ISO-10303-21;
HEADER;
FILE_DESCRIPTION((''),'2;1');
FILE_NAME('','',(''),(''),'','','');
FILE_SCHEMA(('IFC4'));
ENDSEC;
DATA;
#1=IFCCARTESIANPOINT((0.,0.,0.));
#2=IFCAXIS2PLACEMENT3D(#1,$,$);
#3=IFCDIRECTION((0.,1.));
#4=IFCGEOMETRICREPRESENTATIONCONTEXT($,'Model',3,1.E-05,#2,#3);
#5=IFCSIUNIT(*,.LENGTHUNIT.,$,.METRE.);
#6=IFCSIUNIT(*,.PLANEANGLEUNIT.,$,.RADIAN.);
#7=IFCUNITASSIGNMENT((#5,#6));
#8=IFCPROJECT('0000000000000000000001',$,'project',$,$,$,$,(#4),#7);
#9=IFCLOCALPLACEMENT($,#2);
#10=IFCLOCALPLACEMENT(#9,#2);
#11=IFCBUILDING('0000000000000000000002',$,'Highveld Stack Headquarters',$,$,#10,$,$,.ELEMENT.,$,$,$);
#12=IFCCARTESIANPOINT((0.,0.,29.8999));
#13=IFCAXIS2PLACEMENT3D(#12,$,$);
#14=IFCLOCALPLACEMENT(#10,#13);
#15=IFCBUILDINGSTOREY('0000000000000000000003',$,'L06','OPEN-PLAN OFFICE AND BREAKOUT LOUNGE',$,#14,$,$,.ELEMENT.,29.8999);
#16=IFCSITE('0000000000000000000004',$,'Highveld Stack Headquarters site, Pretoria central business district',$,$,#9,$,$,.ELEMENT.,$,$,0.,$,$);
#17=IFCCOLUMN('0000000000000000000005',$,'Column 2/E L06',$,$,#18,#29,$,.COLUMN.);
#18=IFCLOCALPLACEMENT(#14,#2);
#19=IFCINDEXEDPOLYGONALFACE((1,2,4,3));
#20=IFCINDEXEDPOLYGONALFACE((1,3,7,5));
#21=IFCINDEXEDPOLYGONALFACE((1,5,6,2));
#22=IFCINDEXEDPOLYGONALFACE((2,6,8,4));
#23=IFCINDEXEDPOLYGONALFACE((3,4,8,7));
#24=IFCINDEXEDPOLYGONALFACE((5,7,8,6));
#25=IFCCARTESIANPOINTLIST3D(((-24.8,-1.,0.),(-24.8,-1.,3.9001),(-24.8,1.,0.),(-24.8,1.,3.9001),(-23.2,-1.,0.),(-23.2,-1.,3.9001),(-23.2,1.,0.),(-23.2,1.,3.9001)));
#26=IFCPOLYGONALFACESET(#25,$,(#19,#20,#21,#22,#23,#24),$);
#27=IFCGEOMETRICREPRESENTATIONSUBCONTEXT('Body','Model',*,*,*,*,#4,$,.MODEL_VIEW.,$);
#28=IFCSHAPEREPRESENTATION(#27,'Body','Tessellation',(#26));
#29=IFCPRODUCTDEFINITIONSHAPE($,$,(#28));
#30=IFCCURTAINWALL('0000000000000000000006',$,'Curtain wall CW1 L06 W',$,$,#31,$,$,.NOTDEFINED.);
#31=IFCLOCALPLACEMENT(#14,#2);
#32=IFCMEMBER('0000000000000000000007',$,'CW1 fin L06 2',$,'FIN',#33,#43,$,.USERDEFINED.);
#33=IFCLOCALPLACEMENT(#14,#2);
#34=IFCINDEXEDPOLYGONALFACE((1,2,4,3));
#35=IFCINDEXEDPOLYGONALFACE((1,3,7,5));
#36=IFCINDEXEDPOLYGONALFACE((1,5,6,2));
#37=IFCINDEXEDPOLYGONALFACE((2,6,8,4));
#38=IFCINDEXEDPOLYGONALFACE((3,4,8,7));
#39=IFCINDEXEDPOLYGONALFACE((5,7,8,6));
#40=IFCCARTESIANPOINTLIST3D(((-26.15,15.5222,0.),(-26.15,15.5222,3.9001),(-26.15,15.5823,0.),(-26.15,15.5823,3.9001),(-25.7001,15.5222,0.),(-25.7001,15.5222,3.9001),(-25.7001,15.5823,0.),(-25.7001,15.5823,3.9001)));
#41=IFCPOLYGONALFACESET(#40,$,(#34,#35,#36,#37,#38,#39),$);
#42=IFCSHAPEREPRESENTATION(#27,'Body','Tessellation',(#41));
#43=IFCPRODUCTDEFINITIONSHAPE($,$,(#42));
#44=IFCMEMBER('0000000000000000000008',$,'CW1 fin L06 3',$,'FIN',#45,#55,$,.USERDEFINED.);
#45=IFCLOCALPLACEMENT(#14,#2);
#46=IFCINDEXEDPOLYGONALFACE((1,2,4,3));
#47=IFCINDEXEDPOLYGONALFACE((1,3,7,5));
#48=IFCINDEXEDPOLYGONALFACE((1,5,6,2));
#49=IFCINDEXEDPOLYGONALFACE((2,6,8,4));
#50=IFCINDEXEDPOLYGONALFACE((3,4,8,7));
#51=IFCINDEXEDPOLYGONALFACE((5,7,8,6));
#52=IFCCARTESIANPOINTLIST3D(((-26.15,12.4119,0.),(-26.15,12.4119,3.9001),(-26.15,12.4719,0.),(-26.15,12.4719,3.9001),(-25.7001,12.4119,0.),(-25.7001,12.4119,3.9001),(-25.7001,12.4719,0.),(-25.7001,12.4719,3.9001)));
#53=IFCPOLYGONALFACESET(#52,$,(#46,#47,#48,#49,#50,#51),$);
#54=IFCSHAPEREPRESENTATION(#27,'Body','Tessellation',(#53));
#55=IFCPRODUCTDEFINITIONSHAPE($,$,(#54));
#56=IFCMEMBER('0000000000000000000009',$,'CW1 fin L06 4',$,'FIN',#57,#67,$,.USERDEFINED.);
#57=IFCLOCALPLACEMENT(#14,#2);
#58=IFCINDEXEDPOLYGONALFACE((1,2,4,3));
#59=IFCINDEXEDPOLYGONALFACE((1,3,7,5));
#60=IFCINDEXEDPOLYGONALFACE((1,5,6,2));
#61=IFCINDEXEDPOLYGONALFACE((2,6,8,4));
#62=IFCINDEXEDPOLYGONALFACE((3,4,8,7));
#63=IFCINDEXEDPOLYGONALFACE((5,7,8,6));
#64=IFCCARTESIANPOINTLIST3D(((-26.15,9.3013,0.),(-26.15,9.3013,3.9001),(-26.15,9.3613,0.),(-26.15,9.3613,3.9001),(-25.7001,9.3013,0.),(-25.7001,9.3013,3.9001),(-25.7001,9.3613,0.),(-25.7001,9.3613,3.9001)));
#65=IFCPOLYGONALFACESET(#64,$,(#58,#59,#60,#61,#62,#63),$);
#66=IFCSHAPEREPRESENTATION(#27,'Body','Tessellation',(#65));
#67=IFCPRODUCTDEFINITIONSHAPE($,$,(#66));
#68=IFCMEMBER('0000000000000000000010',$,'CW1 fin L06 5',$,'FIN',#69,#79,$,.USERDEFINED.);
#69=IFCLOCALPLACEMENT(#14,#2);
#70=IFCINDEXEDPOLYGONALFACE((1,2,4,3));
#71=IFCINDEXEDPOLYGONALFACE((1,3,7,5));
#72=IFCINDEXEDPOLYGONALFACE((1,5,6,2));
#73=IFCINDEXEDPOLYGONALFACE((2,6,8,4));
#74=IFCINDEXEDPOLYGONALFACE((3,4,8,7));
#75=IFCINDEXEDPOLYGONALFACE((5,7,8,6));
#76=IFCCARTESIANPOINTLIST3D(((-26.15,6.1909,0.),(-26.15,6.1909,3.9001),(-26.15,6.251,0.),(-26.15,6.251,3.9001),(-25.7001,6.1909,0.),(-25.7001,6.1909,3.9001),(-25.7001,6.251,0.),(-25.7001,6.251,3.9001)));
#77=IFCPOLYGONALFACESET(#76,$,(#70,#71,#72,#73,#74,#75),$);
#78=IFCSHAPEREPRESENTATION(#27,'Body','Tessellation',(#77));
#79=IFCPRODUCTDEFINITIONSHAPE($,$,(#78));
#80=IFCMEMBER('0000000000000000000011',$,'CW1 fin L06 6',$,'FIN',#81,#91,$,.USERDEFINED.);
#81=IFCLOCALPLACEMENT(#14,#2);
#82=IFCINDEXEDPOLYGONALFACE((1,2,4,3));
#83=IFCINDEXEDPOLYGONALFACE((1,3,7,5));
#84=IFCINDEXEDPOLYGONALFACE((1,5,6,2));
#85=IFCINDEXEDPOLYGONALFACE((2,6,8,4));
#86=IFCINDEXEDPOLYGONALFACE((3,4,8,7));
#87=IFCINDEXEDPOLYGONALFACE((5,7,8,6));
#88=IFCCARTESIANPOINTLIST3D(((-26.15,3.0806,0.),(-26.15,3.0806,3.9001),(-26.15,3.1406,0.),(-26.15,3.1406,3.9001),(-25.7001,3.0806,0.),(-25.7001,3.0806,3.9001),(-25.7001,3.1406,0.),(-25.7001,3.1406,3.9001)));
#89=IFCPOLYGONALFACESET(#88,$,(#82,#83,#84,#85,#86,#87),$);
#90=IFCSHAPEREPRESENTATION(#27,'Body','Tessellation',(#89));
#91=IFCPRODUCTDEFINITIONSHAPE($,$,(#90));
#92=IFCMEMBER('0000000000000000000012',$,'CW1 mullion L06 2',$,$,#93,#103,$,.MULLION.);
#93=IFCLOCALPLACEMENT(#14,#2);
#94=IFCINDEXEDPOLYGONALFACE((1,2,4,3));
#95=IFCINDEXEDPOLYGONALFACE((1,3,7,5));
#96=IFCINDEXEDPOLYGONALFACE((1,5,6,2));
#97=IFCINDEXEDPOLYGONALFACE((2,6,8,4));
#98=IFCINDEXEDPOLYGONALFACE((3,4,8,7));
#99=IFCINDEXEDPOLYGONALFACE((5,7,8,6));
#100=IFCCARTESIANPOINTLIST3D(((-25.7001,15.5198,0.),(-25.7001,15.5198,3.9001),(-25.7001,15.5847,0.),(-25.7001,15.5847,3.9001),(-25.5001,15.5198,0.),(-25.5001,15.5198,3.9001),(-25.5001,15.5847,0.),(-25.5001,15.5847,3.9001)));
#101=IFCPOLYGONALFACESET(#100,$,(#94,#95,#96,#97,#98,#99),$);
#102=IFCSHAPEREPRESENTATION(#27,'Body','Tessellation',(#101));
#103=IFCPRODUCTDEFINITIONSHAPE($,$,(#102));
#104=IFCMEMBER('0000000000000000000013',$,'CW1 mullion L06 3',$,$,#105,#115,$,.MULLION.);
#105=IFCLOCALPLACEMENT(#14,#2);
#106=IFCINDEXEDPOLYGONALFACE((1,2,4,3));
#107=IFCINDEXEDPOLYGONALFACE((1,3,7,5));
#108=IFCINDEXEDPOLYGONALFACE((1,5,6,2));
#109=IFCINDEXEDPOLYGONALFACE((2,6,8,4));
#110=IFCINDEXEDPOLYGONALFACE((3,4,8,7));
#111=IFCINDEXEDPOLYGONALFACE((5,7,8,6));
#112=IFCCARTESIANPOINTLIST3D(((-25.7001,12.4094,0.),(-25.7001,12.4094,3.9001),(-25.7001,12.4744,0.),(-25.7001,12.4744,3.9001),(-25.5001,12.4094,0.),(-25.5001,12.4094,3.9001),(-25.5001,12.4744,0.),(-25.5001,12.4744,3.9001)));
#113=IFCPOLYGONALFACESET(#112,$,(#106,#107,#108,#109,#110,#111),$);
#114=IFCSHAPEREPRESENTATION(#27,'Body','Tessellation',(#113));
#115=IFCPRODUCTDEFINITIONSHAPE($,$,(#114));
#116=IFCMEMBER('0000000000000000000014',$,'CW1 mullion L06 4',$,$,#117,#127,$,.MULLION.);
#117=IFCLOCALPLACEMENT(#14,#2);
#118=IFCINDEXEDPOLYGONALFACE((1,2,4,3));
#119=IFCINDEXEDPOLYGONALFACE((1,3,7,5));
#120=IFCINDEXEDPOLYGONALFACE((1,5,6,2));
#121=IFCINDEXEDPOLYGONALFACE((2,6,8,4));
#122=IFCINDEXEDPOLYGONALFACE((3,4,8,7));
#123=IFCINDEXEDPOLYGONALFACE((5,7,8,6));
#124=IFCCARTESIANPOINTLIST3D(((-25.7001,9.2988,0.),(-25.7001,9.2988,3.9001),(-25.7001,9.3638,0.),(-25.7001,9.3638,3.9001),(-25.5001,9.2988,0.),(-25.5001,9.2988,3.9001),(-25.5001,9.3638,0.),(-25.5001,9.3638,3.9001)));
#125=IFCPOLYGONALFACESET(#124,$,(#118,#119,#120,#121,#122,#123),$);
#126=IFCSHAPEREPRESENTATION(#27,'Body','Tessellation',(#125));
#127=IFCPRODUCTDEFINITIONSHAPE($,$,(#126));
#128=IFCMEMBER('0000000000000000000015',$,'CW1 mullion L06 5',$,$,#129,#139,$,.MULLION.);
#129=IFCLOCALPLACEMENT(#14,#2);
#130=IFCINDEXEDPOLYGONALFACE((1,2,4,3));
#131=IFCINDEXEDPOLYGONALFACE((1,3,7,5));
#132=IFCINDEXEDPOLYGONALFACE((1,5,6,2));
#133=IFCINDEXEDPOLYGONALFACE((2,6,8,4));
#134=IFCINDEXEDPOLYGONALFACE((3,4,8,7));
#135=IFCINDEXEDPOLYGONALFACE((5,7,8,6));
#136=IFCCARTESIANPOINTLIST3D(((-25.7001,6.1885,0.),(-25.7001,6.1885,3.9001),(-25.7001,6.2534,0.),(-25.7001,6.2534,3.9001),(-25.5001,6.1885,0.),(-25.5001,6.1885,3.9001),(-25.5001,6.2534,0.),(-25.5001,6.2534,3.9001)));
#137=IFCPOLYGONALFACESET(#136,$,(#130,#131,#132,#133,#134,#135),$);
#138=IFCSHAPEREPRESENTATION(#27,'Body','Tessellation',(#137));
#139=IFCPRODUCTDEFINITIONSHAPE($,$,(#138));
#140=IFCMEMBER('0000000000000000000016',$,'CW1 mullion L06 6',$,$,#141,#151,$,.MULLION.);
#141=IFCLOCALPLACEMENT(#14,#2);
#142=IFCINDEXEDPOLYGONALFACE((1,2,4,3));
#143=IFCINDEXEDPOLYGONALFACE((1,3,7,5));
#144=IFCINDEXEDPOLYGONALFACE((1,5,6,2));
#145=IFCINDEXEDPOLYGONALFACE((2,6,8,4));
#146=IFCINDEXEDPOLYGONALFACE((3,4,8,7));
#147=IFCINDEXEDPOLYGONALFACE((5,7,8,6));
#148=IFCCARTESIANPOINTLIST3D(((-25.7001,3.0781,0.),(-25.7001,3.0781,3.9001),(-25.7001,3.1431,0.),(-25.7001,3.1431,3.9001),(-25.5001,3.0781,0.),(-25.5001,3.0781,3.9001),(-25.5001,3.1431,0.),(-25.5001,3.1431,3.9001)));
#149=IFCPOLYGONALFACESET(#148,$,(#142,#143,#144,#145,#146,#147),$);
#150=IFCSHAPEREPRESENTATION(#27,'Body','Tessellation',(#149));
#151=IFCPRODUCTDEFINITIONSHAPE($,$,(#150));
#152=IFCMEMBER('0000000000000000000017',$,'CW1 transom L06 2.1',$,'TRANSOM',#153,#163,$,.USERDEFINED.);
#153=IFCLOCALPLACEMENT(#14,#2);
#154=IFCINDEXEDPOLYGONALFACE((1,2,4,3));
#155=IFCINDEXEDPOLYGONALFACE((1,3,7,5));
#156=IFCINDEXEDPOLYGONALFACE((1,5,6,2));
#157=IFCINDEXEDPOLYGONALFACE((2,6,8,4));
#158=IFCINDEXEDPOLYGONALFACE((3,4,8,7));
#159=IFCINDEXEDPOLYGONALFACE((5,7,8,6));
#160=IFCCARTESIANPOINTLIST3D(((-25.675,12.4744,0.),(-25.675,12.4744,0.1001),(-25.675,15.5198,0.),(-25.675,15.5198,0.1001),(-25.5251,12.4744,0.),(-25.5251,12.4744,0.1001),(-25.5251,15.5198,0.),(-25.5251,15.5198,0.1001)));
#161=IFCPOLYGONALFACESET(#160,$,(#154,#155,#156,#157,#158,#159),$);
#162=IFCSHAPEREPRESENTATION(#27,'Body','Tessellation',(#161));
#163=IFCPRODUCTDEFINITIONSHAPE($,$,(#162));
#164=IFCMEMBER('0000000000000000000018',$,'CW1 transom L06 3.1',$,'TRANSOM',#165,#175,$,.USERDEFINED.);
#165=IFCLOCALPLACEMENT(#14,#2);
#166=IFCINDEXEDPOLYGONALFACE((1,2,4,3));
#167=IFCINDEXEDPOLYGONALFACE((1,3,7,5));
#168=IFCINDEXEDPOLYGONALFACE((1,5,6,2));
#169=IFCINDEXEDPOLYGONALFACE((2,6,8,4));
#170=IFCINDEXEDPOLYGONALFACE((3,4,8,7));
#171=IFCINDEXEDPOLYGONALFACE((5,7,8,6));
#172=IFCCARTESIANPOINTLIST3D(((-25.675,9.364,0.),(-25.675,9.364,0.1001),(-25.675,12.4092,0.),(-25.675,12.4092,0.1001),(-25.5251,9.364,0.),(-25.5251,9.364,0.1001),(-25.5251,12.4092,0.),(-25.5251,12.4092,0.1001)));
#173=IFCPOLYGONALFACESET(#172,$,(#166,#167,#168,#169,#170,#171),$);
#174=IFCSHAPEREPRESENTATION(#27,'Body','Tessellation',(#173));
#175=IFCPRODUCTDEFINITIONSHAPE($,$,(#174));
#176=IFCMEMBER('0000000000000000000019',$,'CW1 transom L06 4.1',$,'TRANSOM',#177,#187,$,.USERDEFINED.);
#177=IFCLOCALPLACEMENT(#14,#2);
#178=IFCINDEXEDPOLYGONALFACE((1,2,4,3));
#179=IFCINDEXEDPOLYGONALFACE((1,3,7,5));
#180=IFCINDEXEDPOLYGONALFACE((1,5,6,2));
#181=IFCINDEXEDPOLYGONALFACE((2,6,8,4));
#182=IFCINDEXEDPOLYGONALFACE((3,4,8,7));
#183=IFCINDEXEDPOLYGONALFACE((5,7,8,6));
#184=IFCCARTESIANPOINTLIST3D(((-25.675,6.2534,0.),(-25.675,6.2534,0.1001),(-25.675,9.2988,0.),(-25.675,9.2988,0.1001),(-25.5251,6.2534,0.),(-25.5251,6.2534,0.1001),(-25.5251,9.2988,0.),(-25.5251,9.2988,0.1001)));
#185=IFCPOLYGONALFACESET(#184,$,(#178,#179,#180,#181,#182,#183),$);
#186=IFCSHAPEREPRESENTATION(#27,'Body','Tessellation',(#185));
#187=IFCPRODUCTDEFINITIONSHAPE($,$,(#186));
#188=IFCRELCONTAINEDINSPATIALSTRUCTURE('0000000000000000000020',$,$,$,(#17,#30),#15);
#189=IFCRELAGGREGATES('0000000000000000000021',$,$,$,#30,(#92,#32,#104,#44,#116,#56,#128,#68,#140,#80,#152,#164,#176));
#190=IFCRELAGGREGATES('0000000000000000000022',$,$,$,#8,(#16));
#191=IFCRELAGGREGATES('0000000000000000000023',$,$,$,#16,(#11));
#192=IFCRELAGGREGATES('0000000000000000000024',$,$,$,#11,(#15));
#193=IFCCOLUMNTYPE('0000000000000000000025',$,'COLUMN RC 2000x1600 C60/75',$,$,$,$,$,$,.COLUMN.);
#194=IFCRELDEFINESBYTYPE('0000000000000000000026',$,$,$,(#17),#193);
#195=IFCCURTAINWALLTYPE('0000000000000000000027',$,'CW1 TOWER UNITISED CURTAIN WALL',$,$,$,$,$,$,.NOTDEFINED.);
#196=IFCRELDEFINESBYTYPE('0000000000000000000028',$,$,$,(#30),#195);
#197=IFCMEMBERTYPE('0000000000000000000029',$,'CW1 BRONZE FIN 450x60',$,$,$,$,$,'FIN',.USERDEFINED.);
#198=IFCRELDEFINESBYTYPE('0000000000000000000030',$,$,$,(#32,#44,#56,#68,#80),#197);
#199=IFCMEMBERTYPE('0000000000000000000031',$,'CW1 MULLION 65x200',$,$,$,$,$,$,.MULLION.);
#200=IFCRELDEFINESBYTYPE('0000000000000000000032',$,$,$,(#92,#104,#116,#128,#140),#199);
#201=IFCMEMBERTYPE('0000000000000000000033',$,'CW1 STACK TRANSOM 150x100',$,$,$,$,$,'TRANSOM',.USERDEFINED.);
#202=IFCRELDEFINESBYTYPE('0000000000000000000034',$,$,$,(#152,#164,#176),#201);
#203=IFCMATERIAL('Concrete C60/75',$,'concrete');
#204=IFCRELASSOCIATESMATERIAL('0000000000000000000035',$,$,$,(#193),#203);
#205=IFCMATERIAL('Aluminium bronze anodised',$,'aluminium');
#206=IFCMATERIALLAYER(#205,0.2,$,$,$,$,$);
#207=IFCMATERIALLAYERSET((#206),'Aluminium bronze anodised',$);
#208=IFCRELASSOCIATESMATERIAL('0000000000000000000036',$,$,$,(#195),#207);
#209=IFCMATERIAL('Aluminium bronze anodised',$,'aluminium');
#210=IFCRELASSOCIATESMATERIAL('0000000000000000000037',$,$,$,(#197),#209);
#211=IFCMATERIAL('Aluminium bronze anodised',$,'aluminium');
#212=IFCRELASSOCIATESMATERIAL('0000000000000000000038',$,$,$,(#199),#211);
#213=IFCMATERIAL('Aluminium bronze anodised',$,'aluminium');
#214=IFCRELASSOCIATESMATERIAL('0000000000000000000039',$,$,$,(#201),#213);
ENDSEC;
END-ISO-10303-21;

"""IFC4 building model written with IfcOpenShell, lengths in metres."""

from ifc_helpers import new_model, si_unit, direction, frame, origin, origin_2d, place, context, subcontext, project, spatial, rectangle, extrude, material, layer, layer_set, material_profile, profile_set, type_object, element, aggregate, save


model = new_model("IFC4")

# Units and contexts
model_context = context("Model", 3, precision=1e-05, world=origin(), true_north=direction((0.0, 1.0)))
body_context = subcontext(model_context, "Body", "Model", "MODEL_VIEW")
ifc_project = project(units=[si_unit("LENGTHUNIT", "METRE"), si_unit("PLANEANGLEUNIT", "RADIAN")], contexts=[model_context])

# Site, building, storey
site_placement = place(None, origin())
site = spatial("IfcSite", under=ifc_project, at=site_placement, Name="Highveld Stack Headquarters site, Pretoria central business district", CompositionType="ELEMENT", RefElevation=0.0)
building_placement = place(site_placement, origin())
building = spatial("IfcBuilding", under=site, at=building_placement, Name="Highveld Stack Headquarters", CompositionType="ELEMENT")
storey_placement = place(building_placement, frame((0.0, 0.0, 29.8999)))
storey = spatial("IfcBuildingStorey", under=building, at=storey_placement, Name="L06", Description="OPEN-PLAN OFFICE AND BREAKOUT LOUNGE", CompositionType="ELEMENT", Elevation=29.8999)

# Column
ifc_material_1 = material(Name="Concrete C60/75", Category="concrete")
ifc_material_profile_1 = material_profile(ifc_material_1, rectangle(XDim=2.0, YDim=1.6001, at=origin_2d()), Name="RC 2000x1600")
ifc_profile_set_1 = profile_set([ifc_material_profile_1], Name="Concrete C60/75")
column_type = type_object("IfcColumnType", Name="COLUMN RC 2000x1600 C60/75", PredefinedType="COLUMN", material=ifc_profile_set_1)
column_placement = place(storey_placement, frame((-24.0, 0.0, 0.0), z_axis=(0.0, 0.0, 1.0), x_axis=(0.0, 1.0, 0.0)))
element("IfcColumn", 1, at=column_placement, inside=storey, type_object=column_type, Name="Column 2/E L06", PredefinedType="COLUMN", context=body_context, shape_type="SweptSolid", body=[
    extrude(rectangle(XDim=2.0, YDim=1.6001, at=origin_2d()), origin(), (0.0, 0.0, 1.0), 3.9001),
])

# Curtain wall, members
ifc_material_2 = material(Name="Aluminium bronze anodised", Category="aluminium")
ifc_layer_1 = layer(ifc_material_2, 0.2)
ifc_layer_set_1 = layer_set([ifc_layer_1], Name="Aluminium bronze anodised")
curtain_wall_type = type_object("IfcCurtainWallType", Name="CW1 TOWER UNITISED CURTAIN WALL", PredefinedType="NOTDEFINED", material=ifc_layer_set_1)
curtain_wall_placement = place(storey_placement, origin())
curtain_wall = element("IfcCurtainWall", 2, at=curtain_wall_placement, inside=storey, type_object=curtain_wall_type, Name="Curtain wall CW1 L06 W", PredefinedType="NOTDEFINED")
ifc_material_3 = material(Name="Aluminium bronze anodised", Category="aluminium")
ifc_material_profile_2 = material_profile(ifc_material_3, rectangle(XDim=0.45, YDim=0.0601, at=origin_2d()), Name="FIN 450x60")
ifc_profile_set_2 = profile_set([ifc_material_profile_2], Name="Aluminium bronze anodised")
member_type_1 = type_object("IfcMemberType", Name="CW1 BRONZE FIN 450x60", ElementType="FIN", PredefinedType="USERDEFINED", material=ifc_profile_set_2)
member_1_placement = place(storey_placement, frame((-25.925, 15.5522, 0.0), z_axis=(0.0, 0.0, 1.0), x_axis=(1.0, 0.0, 0.0)))
member_1 = element("IfcMember", 3, at=member_1_placement, type_object=member_type_1, Name="CW1 fin L06 2", ObjectType="FIN", PredefinedType="USERDEFINED", context=body_context, shape_type="SweptSolid", body=[
    extrude(rectangle(XDim=0.45, YDim=0.0601, at=origin_2d()), origin(), (0.0, 0.0, 1.0), 3.9001),
])
member_2_placement = place(storey_placement, frame((-25.925, 12.4419, 0.0), z_axis=(0.0, 0.0, 1.0), x_axis=(1.0, 0.0, 0.0)))
member_2 = element("IfcMember", 4, at=member_2_placement, type_object=member_type_1, Name="CW1 fin L06 3", ObjectType="FIN", PredefinedType="USERDEFINED", context=body_context, shape_type="SweptSolid", body=[
    extrude(rectangle(XDim=0.45, YDim=0.0601, at=origin_2d()), origin(), (0.0, 0.0, 1.0), 3.9001),
])
member_3_placement = place(storey_placement, frame((-25.925, 9.3313, 0.0), z_axis=(0.0, 0.0, 1.0), x_axis=(1.0, 0.0, 0.0)))
member_3 = element("IfcMember", 5, at=member_3_placement, type_object=member_type_1, Name="CW1 fin L06 4", ObjectType="FIN", PredefinedType="USERDEFINED", context=body_context, shape_type="SweptSolid", body=[
    extrude(rectangle(XDim=0.45, YDim=0.0601, at=origin_2d()), origin(), (0.0, 0.0, 1.0), 3.9001),
])
member_4_placement = place(storey_placement, frame((-25.925, 6.2209, 0.0), z_axis=(0.0, 0.0, 1.0), x_axis=(1.0, 0.0, 0.0)))
member_4 = element("IfcMember", 6, at=member_4_placement, type_object=member_type_1, Name="CW1 fin L06 5", ObjectType="FIN", PredefinedType="USERDEFINED", context=body_context, shape_type="SweptSolid", body=[
    extrude(rectangle(XDim=0.45, YDim=0.0601, at=origin_2d()), origin(), (0.0, 0.0, 1.0), 3.9001),
])
member_5_placement = place(storey_placement, frame((-25.925, 3.1106, 0.0), z_axis=(0.0, 0.0, 1.0), x_axis=(1.0, 0.0, 0.0)))
member_5 = element("IfcMember", 7, at=member_5_placement, type_object=member_type_1, Name="CW1 fin L06 6", ObjectType="FIN", PredefinedType="USERDEFINED", context=body_context, shape_type="SweptSolid", body=[
    extrude(rectangle(XDim=0.45, YDim=0.0601, at=origin_2d()), origin(), (0.0, 0.0, 1.0), 3.9001),
])
ifc_material_4 = material(Name="Aluminium bronze anodised", Category="aluminium")
ifc_material_profile_3 = material_profile(ifc_material_4, rectangle(XDim=0.2, YDim=0.0649, at=origin_2d()), Name="CW1 MULLION 65x200")
ifc_profile_set_3 = profile_set([ifc_material_profile_3], Name="Aluminium bronze anodised")
member_type_2 = type_object("IfcMemberType", Name="CW1 MULLION 65x200", PredefinedType="MULLION", material=ifc_profile_set_3)
member_6_placement = place(storey_placement, frame((-25.6001, 15.5522, 0.0), z_axis=(0.0, 0.0, 1.0), x_axis=(1.0, 0.0, 0.0)))
member_6 = element("IfcMember", 8, at=member_6_placement, type_object=member_type_2, Name="CW1 mullion L06 2", PredefinedType="MULLION", context=body_context, shape_type="SweptSolid", body=[
    extrude(rectangle(XDim=0.2, YDim=0.0649, at=origin_2d()), origin(), (0.0, 0.0, 1.0), 3.9001),
])
member_7_placement = place(storey_placement, frame((-25.6001, 12.4419, 0.0), z_axis=(0.0, 0.0, 1.0), x_axis=(1.0, 0.0, 0.0)))
member_7 = element("IfcMember", 9, at=member_7_placement, type_object=member_type_2, Name="CW1 mullion L06 3", PredefinedType="MULLION", context=body_context, shape_type="SweptSolid", body=[
    extrude(rectangle(XDim=0.2, YDim=0.0649, at=origin_2d()), origin(), (0.0, 0.0, 1.0), 3.9001),
])
member_8_placement = place(storey_placement, frame((-25.6001, 9.3313, 0.0), z_axis=(0.0, 0.0, 1.0), x_axis=(1.0, 0.0, 0.0)))
member_8 = element("IfcMember", 10, at=member_8_placement, type_object=member_type_2, Name="CW1 mullion L06 4", PredefinedType="MULLION", context=body_context, shape_type="SweptSolid", body=[
    extrude(rectangle(XDim=0.2, YDim=0.0649, at=origin_2d()), origin(), (0.0, 0.0, 1.0), 3.9001),
])
member_9_placement = place(storey_placement, frame((-25.6001, 6.2209, 0.0), z_axis=(0.0, 0.0, 1.0), x_axis=(1.0, 0.0, 0.0)))
member_9 = element("IfcMember", 11, at=member_9_placement, type_object=member_type_2, Name="CW1 mullion L06 5", PredefinedType="MULLION", context=body_context, shape_type="SweptSolid", body=[
    extrude(rectangle(XDim=0.2, YDim=0.0649, at=origin_2d()), origin(), (0.0, 0.0, 1.0), 3.9001),
])
member_10_placement = place(storey_placement, frame((-25.6001, 3.1106, 0.0), z_axis=(0.0, 0.0, 1.0), x_axis=(1.0, 0.0, 0.0)))
member_10 = element("IfcMember", 12, at=member_10_placement, type_object=member_type_2, Name="CW1 mullion L06 6", PredefinedType="MULLION", context=body_context, shape_type="SweptSolid", body=[
    extrude(rectangle(XDim=0.2, YDim=0.0649, at=origin_2d()), origin(), (0.0, 0.0, 1.0), 3.9001),
])
ifc_material_5 = material(Name="Aluminium bronze anodised", Category="aluminium")
ifc_material_profile_4 = material_profile(ifc_material_5, rectangle(XDim=0.1499, YDim=0.1001, at=origin_2d()), Name="CW1 TRANSOM 150x100")
ifc_profile_set_4 = profile_set([ifc_material_profile_4], Name="Aluminium bronze anodised")
member_type_3 = type_object("IfcMemberType", Name="CW1 STACK TRANSOM 150x100", ElementType="TRANSOM", PredefinedType="USERDEFINED", material=ifc_profile_set_4)
member_11_placement = place(storey_placement, frame((-25.6001, 15.5198, 0.05), z_axis=(0.0, -1.0, 0.0), x_axis=(1.0, 0.0, 0.0)))
member_11 = element("IfcMember", 13, at=member_11_placement, type_object=member_type_3, Name="CW1 transom L06 2.1", ObjectType="TRANSOM", PredefinedType="USERDEFINED", context=body_context, shape_type="SweptSolid", body=[
    extrude(rectangle(XDim=0.1499, YDim=0.1001, at=origin_2d()), origin(), (0.0, 0.0, 1.0), 3.0454),
])
member_12_placement = place(storey_placement, frame((-25.6001, 12.4092, 0.05), z_axis=(0.0, -1.0, 0.0), x_axis=(1.0, 0.0, 0.0)))
member_12 = element("IfcMember", 14, at=member_12_placement, type_object=member_type_3, Name="CW1 transom L06 3.1", ObjectType="TRANSOM", PredefinedType="USERDEFINED", context=body_context, shape_type="SweptSolid", body=[
    extrude(rectangle(XDim=0.1499, YDim=0.1001, at=origin_2d()), origin(), (0.0, 0.0, 1.0), 3.0452),
])
member_13_placement = place(storey_placement, frame((-25.6001, 9.2988, 0.05), z_axis=(0.0, -1.0, 0.0), x_axis=(1.0, 0.0, 0.0)))
member_13 = element("IfcMember", 15, at=member_13_placement, type_object=member_type_3, Name="CW1 transom L06 4.1", ObjectType="TRANSOM", PredefinedType="USERDEFINED", context=body_context, shape_type="SweptSolid", body=[
    extrude(rectangle(XDim=0.1499, YDim=0.1001, at=origin_2d()), origin(), (0.0, 0.0, 1.0), 3.0454),
])
aggregate(curtain_wall, [member_6, member_1, member_7, member_2, member_8, member_3, member_9, member_4, member_10, member_5, member_11, member_12, member_13])

save(model, "model.ifc")
